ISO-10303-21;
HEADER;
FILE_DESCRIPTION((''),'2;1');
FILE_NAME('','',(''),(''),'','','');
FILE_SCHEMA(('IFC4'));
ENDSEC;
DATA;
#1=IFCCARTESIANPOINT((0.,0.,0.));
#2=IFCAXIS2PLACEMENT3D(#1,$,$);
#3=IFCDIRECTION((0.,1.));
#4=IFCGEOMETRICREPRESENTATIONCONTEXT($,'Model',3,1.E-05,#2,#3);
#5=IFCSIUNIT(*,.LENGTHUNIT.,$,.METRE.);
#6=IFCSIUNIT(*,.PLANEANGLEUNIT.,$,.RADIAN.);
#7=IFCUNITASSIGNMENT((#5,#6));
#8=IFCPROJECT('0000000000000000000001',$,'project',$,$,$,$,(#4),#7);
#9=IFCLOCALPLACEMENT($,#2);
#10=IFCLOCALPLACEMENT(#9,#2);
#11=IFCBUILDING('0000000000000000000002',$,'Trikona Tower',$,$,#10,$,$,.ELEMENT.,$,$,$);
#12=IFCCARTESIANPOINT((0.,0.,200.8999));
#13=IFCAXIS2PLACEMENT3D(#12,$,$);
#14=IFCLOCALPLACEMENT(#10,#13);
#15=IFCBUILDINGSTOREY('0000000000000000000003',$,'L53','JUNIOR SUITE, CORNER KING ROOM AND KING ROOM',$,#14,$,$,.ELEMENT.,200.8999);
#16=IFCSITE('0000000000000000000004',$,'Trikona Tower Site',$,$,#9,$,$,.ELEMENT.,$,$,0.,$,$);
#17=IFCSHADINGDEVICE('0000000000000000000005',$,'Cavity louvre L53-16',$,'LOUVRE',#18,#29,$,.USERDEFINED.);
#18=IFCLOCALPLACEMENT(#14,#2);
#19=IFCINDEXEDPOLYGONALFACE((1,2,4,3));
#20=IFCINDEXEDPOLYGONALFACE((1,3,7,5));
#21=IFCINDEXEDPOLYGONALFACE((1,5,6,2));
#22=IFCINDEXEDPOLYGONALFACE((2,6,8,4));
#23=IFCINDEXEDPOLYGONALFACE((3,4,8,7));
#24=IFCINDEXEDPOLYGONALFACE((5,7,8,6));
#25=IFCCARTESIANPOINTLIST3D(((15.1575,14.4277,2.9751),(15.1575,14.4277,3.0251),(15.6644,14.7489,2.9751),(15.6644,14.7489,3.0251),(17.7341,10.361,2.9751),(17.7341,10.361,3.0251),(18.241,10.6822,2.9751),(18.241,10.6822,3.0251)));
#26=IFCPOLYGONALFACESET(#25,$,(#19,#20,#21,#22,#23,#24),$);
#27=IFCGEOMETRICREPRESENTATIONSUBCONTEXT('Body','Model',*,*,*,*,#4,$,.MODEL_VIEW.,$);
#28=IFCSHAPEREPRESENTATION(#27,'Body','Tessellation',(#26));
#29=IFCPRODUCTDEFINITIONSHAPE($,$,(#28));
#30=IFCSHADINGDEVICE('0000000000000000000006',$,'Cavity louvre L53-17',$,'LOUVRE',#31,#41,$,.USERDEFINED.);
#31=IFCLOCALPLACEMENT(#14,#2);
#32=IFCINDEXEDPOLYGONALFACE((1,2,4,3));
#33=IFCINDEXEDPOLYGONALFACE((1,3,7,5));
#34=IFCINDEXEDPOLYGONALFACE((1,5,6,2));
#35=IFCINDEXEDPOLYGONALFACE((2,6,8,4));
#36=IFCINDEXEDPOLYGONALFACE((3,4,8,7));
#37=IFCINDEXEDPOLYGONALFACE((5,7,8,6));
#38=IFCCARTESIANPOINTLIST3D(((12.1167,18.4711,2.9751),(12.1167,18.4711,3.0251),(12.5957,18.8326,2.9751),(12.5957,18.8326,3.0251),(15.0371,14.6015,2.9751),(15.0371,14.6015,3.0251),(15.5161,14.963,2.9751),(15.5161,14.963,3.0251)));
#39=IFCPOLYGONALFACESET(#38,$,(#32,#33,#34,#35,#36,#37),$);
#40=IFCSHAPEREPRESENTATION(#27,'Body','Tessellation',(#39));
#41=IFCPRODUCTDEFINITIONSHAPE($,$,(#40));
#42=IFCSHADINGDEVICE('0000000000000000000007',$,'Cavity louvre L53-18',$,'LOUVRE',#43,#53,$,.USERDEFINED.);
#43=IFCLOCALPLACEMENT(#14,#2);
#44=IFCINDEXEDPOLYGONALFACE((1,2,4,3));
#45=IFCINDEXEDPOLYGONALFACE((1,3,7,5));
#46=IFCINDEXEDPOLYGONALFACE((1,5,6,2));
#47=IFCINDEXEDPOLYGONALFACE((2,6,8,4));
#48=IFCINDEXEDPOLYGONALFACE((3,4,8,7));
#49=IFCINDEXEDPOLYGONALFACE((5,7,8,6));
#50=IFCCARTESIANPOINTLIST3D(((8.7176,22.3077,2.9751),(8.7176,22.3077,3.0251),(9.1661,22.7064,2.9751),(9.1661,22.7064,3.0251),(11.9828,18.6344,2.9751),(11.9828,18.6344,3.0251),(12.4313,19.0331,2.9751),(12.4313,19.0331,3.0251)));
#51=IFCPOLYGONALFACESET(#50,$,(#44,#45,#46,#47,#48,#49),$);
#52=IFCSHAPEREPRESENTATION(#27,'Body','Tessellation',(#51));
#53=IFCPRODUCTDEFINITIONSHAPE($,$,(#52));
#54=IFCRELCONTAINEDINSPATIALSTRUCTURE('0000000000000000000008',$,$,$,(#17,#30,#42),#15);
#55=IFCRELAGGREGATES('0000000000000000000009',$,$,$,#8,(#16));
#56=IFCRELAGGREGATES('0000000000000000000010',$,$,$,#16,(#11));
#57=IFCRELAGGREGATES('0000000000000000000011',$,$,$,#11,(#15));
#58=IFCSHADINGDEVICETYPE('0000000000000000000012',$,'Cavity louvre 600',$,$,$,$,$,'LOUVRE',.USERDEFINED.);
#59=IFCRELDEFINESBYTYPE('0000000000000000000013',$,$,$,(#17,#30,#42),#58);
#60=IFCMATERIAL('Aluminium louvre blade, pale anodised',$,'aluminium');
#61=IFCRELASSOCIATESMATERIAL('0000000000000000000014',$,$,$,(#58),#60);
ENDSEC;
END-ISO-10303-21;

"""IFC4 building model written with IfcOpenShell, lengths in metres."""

from ifc_helpers import new_model, si_unit, direction, frame, origin, origin_2d, place, context, subcontext, project, spatial, rectangle, extrude, material, type_object, element, save


model = new_model("IFC4")

# Units and contexts
model_context = context("Model", 3, precision=1e-05, world=origin(), true_north=direction((0.0, 1.0)))
body_context = subcontext(model_context, "Body", "Model", "MODEL_VIEW")
ifc_project = project(units=[si_unit("LENGTHUNIT", "METRE"), si_unit("PLANEANGLEUNIT", "RADIAN")], contexts=[model_context])

# Site, building, storey
site_placement = place(None, origin())
site = spatial("IfcSite", under=ifc_project, at=site_placement, Name="Trikona Tower Site", CompositionType="ELEMENT", RefElevation=0.0)
building_placement = place(site_placement, origin())
building = spatial("IfcBuilding", under=site, at=building_placement, Name="Trikona Tower", CompositionType="ELEMENT")
storey_placement = place(building_placement, frame((0.0, 0.0, 200.8999)))
storey = spatial("IfcBuildingStorey", under=building, at=storey_placement, Name="L53", Description="JUNIOR SUITE, CORNER KING ROOM AND KING ROOM", CompositionType="ELEMENT", Elevation=200.8999)

# Shading devices
ifc_material_1 = material(Name="Aluminium louvre blade, pale anodised", Category="aluminium")
shading_device_type = type_object("IfcShadingDeviceType", Name="Cavity louvre 600", ElementType="LOUVRE", PredefinedType="USERDEFINED", material=ifc_material_1)
shading_device_1_placement = place(storey_placement, frame((16.6992, 12.5549, 2.9751), z_axis=(0.0, 0.0, 1.0), x_axis=(-0.535205, 0.844722, 0.0)))
element("IfcShadingDevice", 1, at=shading_device_1_placement, inside=storey, type_object=shading_device_type, Name="Cavity louvre L53-16", ObjectType="LOUVRE", PredefinedType="USERDEFINED", context=body_context, shape_type="SweptSolid", body=[
    extrude(rectangle(XDim=4.8142, YDim=0.6001, at=origin_2d()), origin(), (0.0, 0.0, 1.0), 0.05),
])
shading_device_2_placement = place(storey_placement, frame((13.8164, 16.717, 2.9751), z_axis=(0.0, 0.0, 1.0), x_axis=(-0.602402, 0.798193, 0.0)))
element("IfcShadingDevice", 2, at=shading_device_2_placement, inside=storey, type_object=shading_device_type, Name="Cavity louvre L53-17", ObjectType="LOUVRE", PredefinedType="USERDEFINED", context=body_context, shape_type="SweptSolid", body=[
    extrude(rectangle(XDim=4.8479, YDim=0.6001, at=origin_2d()), origin(), (0.0, 0.0, 1.0), 0.05),
])
shading_device_3_placement = place(storey_placement, frame((10.5745, 20.6704, 2.9751), z_axis=(0.0, 0.0, 1.0), x_axis=(-0.664367, 0.747406, 0.0)))
element("IfcShadingDevice", 3, at=shading_device_3_placement, inside=storey, type_object=shading_device_type, Name="Cavity louvre L53-18", ObjectType="LOUVRE", PredefinedType="USERDEFINED", context=body_context, shape_type="SweptSolid", body=[
    extrude(rectangle(XDim=4.9148, YDim=0.6001, at=origin_2d()), origin(), (0.0, 0.0, 1.0), 0.05),
])

save(model, "model.ifc")
